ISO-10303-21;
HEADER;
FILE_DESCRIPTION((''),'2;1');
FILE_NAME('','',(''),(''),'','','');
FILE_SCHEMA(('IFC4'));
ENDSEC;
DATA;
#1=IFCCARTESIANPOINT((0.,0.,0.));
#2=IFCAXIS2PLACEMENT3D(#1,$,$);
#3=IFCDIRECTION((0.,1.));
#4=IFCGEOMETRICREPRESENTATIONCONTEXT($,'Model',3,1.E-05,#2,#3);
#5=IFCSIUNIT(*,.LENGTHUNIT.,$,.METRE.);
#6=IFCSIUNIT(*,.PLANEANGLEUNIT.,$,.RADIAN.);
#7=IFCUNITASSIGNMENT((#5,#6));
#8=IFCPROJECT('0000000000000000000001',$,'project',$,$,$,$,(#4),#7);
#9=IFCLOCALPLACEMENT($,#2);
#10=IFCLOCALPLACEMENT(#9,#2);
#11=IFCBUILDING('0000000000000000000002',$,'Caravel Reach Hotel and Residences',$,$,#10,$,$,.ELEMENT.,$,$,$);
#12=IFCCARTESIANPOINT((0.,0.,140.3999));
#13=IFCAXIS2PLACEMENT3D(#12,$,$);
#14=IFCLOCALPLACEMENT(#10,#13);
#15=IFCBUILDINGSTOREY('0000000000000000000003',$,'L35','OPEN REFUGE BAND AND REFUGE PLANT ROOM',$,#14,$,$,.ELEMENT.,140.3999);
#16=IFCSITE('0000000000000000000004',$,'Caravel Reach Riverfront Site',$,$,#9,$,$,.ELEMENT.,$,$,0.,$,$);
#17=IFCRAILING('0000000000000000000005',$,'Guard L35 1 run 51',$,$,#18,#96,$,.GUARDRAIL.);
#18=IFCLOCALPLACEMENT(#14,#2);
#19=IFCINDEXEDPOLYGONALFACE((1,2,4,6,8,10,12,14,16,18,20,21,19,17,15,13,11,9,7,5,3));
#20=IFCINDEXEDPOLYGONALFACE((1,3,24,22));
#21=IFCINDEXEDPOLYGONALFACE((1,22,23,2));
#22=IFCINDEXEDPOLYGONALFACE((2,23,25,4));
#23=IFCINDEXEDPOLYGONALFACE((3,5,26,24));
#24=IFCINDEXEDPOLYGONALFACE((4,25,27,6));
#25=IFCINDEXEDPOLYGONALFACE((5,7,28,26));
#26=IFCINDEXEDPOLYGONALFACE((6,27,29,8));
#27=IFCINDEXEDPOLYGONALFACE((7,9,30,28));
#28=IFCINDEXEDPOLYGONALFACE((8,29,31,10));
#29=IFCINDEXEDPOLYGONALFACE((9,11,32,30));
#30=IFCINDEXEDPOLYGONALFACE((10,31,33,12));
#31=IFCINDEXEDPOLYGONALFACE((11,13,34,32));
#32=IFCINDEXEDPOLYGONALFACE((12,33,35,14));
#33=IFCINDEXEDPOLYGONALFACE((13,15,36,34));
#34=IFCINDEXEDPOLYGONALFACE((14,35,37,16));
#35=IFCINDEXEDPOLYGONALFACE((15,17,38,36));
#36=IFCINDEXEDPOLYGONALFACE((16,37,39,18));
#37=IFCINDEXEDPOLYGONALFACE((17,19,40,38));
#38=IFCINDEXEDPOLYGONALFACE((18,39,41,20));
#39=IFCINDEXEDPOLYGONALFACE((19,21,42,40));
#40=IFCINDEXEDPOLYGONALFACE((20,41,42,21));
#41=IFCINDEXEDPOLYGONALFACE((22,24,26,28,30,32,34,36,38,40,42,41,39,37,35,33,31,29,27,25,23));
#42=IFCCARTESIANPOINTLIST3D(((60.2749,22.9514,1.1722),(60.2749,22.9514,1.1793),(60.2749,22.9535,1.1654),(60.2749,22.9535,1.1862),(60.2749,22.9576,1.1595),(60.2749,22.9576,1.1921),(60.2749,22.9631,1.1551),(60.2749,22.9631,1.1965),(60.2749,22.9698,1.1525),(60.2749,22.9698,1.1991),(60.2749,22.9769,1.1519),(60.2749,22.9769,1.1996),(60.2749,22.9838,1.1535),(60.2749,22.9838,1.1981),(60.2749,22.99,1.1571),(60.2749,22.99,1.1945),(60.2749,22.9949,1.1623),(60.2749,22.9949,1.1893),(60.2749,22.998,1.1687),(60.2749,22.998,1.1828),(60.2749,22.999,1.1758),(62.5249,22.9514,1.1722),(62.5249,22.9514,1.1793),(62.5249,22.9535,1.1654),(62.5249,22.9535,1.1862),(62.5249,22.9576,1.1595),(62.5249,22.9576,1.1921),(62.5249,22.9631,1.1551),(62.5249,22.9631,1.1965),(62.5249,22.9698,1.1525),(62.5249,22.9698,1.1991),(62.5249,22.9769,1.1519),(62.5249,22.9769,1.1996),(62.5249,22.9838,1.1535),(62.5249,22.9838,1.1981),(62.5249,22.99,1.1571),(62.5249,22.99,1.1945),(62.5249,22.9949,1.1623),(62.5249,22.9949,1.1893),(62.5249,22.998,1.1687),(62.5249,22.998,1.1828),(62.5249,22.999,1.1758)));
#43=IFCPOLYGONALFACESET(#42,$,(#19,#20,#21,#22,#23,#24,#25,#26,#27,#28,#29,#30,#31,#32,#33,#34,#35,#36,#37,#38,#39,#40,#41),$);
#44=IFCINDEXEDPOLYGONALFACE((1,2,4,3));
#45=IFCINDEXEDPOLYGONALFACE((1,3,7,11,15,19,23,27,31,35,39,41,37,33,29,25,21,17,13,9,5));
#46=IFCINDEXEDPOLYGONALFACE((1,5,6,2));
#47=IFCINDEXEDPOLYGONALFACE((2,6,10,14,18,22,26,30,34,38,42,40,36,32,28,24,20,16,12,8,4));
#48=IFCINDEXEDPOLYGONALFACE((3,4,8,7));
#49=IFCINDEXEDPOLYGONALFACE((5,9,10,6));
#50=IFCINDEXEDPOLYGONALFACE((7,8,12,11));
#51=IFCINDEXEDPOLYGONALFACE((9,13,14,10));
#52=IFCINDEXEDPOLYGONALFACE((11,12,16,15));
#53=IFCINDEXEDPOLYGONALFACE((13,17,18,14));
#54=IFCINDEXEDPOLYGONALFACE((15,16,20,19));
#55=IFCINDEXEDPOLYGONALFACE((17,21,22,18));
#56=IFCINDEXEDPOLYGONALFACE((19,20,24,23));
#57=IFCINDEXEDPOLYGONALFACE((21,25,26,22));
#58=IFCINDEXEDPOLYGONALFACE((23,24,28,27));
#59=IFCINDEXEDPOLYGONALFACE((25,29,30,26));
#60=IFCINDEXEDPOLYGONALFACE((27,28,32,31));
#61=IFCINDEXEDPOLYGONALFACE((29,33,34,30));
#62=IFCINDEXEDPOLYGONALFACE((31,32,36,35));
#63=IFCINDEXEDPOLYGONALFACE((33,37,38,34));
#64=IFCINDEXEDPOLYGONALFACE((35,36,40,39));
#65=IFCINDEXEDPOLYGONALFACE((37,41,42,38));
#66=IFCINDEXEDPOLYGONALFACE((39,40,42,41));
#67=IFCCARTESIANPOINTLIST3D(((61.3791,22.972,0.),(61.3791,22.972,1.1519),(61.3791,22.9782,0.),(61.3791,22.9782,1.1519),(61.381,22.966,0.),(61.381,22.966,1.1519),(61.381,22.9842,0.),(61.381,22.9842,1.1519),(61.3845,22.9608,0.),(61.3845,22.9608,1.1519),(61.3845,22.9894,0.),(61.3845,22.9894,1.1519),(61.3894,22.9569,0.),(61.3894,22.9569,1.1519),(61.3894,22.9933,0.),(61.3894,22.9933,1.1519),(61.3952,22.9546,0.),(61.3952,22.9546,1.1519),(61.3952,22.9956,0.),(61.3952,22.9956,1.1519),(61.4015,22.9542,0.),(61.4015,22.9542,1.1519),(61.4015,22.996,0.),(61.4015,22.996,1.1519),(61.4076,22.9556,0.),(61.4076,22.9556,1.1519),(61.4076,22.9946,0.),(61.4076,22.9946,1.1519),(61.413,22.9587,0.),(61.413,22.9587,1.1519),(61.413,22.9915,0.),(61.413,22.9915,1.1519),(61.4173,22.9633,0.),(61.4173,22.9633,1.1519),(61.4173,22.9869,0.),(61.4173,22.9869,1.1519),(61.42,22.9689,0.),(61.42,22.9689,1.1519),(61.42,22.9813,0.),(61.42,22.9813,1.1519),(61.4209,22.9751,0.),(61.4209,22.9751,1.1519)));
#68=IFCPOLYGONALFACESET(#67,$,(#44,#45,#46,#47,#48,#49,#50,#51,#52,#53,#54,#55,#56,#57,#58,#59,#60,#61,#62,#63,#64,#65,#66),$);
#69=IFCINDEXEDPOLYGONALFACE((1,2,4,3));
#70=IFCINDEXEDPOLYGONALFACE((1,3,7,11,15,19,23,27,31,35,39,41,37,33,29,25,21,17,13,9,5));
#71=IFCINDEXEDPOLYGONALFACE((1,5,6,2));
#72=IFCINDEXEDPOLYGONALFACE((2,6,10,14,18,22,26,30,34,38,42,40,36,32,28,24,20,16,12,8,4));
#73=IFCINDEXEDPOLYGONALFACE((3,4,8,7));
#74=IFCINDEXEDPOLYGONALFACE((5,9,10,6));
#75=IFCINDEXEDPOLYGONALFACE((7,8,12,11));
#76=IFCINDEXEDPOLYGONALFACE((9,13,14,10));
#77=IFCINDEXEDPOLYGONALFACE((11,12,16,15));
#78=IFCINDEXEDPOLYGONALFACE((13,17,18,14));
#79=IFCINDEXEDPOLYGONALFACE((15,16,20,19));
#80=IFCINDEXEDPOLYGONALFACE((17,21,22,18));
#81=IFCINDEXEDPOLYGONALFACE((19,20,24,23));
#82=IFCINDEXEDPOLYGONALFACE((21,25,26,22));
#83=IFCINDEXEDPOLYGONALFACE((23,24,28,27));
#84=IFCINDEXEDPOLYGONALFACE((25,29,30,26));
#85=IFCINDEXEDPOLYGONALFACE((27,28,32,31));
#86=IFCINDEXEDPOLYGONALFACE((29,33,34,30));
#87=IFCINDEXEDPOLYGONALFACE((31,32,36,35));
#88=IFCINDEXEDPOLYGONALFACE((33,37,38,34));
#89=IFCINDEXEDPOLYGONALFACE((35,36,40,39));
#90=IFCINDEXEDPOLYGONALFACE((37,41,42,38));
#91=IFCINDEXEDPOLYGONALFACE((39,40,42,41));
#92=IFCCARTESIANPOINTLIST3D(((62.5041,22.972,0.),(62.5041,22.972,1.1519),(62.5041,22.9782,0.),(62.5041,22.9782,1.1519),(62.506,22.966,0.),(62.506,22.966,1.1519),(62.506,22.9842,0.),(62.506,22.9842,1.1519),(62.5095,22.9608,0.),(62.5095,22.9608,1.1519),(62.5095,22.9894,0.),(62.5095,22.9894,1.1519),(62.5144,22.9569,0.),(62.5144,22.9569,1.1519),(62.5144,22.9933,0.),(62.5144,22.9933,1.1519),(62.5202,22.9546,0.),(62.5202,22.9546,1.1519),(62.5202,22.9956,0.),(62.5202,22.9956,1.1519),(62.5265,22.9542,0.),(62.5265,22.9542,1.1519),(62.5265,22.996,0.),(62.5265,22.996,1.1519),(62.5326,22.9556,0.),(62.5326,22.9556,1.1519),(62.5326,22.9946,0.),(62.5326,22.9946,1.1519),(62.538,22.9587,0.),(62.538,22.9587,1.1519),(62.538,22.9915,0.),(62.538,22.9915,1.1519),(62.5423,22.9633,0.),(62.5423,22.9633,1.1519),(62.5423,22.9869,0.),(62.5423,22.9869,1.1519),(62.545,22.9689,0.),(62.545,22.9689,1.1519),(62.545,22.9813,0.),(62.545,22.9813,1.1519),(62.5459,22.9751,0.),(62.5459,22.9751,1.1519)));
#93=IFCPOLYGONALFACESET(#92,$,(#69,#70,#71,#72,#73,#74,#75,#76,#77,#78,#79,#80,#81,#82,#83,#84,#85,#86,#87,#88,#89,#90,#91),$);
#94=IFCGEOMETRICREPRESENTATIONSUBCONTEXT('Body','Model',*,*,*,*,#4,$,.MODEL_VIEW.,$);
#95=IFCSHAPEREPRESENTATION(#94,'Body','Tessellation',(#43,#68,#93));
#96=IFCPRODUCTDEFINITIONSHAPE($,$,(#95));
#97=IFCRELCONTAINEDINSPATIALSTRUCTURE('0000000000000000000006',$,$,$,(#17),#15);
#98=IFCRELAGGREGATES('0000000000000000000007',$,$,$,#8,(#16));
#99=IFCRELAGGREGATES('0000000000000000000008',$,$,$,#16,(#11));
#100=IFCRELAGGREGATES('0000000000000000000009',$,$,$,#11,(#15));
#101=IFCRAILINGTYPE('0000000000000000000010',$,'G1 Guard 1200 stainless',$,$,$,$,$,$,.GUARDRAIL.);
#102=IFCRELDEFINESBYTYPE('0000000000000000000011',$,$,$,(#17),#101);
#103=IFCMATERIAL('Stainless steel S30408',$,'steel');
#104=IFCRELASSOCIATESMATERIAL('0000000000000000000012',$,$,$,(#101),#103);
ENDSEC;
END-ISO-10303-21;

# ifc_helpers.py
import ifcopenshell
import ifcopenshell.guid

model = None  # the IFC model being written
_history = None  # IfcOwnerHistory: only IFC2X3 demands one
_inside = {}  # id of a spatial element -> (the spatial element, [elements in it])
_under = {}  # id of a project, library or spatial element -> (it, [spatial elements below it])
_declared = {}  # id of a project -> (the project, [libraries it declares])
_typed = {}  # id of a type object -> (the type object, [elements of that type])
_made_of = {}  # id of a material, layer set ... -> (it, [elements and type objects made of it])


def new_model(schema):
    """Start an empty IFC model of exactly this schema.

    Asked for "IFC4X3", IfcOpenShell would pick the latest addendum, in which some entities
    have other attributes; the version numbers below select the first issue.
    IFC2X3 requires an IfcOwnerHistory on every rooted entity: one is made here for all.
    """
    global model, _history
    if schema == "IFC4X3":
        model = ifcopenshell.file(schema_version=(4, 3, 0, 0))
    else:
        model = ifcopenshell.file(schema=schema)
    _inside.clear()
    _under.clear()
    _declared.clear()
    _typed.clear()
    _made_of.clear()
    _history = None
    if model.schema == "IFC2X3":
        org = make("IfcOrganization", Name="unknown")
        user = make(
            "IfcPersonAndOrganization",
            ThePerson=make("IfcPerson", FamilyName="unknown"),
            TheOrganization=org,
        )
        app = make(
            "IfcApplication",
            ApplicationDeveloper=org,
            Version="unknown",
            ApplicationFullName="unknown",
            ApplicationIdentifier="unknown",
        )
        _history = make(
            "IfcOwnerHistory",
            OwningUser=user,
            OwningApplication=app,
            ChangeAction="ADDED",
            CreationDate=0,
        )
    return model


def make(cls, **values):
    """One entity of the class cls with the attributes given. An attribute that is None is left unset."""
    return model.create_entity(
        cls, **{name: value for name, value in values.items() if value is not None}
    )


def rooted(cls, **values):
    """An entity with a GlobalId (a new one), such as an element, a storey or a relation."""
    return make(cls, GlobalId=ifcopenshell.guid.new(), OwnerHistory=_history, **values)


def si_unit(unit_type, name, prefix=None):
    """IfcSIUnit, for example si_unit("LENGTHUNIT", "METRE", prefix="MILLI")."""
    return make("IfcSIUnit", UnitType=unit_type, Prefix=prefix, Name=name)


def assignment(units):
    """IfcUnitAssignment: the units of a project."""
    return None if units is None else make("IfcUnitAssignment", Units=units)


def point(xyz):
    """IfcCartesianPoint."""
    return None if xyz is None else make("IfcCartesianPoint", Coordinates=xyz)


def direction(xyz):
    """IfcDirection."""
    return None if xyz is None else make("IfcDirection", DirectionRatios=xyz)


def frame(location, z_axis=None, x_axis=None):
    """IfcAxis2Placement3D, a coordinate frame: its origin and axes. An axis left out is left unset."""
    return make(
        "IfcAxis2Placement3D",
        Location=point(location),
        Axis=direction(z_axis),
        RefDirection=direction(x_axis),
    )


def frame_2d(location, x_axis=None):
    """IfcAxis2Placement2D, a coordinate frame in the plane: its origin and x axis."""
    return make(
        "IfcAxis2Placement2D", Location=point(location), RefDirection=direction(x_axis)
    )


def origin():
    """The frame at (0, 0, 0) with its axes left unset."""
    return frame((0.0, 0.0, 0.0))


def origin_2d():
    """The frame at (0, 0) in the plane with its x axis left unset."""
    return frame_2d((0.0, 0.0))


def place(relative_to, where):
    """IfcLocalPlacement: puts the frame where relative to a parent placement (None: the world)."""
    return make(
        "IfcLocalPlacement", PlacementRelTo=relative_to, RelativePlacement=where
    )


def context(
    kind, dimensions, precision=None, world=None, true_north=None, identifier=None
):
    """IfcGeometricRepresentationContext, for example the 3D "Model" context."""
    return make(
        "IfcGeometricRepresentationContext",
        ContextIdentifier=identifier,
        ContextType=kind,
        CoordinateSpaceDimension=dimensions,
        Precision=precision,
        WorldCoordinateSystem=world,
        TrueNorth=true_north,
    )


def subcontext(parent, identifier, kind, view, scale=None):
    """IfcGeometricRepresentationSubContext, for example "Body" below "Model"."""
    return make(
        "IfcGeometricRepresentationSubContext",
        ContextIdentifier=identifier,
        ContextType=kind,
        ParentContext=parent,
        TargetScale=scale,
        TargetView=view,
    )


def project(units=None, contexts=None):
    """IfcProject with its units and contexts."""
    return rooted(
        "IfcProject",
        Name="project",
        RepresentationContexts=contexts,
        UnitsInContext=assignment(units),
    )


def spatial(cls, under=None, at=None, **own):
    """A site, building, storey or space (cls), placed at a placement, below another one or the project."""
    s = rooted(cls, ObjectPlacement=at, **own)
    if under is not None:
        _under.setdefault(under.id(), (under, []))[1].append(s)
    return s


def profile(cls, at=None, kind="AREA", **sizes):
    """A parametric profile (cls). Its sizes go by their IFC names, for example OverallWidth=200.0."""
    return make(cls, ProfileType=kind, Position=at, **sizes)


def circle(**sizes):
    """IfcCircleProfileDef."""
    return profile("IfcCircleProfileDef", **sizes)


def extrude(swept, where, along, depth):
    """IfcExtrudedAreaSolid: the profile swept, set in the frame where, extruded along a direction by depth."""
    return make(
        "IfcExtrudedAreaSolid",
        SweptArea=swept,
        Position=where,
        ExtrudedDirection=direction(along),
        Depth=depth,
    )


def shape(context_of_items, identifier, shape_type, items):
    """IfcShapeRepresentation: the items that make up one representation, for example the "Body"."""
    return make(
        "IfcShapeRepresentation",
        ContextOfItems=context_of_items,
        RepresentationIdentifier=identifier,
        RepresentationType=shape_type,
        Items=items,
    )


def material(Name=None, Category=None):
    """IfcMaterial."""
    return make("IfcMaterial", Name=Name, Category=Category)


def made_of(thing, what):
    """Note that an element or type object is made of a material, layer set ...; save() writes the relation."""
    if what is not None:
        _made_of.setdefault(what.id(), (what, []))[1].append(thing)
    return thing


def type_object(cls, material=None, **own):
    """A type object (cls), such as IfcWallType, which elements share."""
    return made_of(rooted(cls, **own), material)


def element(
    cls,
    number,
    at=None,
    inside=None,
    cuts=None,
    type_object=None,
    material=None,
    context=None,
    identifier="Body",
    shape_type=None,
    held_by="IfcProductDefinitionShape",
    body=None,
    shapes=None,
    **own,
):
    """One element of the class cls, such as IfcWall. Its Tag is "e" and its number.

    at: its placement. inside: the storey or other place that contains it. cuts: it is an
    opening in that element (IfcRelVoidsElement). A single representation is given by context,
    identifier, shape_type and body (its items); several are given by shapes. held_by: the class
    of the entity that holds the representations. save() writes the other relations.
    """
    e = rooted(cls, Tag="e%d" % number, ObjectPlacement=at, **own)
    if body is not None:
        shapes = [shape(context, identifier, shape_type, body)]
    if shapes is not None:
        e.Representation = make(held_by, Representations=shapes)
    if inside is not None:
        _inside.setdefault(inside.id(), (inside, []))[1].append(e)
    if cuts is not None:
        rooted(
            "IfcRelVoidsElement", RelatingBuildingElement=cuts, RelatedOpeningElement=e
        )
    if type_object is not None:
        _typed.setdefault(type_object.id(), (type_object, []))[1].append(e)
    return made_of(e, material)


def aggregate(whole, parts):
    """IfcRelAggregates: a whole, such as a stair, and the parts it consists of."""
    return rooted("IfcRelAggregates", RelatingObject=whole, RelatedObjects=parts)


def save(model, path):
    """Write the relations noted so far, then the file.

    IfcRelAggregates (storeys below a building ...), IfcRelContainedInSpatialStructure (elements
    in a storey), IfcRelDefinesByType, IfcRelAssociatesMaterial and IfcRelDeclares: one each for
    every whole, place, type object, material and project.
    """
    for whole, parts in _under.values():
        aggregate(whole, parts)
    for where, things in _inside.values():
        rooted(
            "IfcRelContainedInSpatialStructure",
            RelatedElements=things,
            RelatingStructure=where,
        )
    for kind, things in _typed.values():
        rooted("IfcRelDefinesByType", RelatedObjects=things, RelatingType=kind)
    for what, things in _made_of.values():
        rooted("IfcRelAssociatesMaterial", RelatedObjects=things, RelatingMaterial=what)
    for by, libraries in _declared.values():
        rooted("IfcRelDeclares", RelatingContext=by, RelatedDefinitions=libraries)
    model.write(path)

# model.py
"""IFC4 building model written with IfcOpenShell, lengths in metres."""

from ifc_helpers import new_model, si_unit, direction, frame, origin, origin_2d, place, context, subcontext, project, spatial, circle, extrude, material, type_object, element, save


model = new_model("IFC4")

# Units and contexts
model_context = context("Model", 3, precision=1e-05, world=origin(), true_north=direction((0.0, 1.0)))
body_context = subcontext(model_context, "Body", "Model", "MODEL_VIEW")
ifc_project = project(units=[si_unit("LENGTHUNIT", "METRE"), si_unit("PLANEANGLEUNIT", "RADIAN")], contexts=[model_context])

# Site, building, storey
site_placement = place(None, origin())
site = spatial("IfcSite", under=ifc_project, at=site_placement, Name="Caravel Reach Riverfront Site", CompositionType="ELEMENT", RefElevation=0.0)
building_placement = place(site_placement, origin())
building = spatial("IfcBuilding", under=site, at=building_placement, Name="Caravel Reach Hotel and Residences", CompositionType="ELEMENT")
storey_placement = place(building_placement, frame((0.0, 0.0, 140.3999)))
storey = spatial("IfcBuildingStorey", under=building, at=storey_placement, Name="L35", Description="OPEN REFUGE BAND AND REFUGE PLANT ROOM", CompositionType="ELEMENT", Elevation=140.3999)

# Railing
ifc_material_1 = material(Name="Stainless steel S30408", Category="steel")
railing_type = type_object("IfcRailingType", Name="G1 Guard 1200 stainless", PredefinedType="GUARDRAIL", material=ifc_material_1)
railing_1_placement = place(storey_placement, frame((60.2749, 22.9751, 0.0)))
element("IfcRailing", 1, at=railing_1_placement, inside=storey, type_object=railing_type, Name="Guard L35 1 run 51", PredefinedType="GUARDRAIL", context=body_context, shape_type="SweptSolid", body=[
    extrude(circle(Radius=0.0239, at=origin_2d()), frame((0.0, 0.0, 1.1758), z_axis=(1.0, 0.0, 0.0), x_axis=(0.0, 1.0, 0.0)), (0.0, 0.0, 1.0), 2.25),
    extrude(circle(Radius=0.021, at=origin_2d()), frame((1.125, 0.0, 0.0)), (0.0, 0.0, 1.0), 1.1519),
    extrude(circle(Radius=0.021, at=origin_2d()), frame((2.25, 0.0, 0.0)), (0.0, 0.0, 1.0), 1.1519),
])

save(model, "model.ifc")
